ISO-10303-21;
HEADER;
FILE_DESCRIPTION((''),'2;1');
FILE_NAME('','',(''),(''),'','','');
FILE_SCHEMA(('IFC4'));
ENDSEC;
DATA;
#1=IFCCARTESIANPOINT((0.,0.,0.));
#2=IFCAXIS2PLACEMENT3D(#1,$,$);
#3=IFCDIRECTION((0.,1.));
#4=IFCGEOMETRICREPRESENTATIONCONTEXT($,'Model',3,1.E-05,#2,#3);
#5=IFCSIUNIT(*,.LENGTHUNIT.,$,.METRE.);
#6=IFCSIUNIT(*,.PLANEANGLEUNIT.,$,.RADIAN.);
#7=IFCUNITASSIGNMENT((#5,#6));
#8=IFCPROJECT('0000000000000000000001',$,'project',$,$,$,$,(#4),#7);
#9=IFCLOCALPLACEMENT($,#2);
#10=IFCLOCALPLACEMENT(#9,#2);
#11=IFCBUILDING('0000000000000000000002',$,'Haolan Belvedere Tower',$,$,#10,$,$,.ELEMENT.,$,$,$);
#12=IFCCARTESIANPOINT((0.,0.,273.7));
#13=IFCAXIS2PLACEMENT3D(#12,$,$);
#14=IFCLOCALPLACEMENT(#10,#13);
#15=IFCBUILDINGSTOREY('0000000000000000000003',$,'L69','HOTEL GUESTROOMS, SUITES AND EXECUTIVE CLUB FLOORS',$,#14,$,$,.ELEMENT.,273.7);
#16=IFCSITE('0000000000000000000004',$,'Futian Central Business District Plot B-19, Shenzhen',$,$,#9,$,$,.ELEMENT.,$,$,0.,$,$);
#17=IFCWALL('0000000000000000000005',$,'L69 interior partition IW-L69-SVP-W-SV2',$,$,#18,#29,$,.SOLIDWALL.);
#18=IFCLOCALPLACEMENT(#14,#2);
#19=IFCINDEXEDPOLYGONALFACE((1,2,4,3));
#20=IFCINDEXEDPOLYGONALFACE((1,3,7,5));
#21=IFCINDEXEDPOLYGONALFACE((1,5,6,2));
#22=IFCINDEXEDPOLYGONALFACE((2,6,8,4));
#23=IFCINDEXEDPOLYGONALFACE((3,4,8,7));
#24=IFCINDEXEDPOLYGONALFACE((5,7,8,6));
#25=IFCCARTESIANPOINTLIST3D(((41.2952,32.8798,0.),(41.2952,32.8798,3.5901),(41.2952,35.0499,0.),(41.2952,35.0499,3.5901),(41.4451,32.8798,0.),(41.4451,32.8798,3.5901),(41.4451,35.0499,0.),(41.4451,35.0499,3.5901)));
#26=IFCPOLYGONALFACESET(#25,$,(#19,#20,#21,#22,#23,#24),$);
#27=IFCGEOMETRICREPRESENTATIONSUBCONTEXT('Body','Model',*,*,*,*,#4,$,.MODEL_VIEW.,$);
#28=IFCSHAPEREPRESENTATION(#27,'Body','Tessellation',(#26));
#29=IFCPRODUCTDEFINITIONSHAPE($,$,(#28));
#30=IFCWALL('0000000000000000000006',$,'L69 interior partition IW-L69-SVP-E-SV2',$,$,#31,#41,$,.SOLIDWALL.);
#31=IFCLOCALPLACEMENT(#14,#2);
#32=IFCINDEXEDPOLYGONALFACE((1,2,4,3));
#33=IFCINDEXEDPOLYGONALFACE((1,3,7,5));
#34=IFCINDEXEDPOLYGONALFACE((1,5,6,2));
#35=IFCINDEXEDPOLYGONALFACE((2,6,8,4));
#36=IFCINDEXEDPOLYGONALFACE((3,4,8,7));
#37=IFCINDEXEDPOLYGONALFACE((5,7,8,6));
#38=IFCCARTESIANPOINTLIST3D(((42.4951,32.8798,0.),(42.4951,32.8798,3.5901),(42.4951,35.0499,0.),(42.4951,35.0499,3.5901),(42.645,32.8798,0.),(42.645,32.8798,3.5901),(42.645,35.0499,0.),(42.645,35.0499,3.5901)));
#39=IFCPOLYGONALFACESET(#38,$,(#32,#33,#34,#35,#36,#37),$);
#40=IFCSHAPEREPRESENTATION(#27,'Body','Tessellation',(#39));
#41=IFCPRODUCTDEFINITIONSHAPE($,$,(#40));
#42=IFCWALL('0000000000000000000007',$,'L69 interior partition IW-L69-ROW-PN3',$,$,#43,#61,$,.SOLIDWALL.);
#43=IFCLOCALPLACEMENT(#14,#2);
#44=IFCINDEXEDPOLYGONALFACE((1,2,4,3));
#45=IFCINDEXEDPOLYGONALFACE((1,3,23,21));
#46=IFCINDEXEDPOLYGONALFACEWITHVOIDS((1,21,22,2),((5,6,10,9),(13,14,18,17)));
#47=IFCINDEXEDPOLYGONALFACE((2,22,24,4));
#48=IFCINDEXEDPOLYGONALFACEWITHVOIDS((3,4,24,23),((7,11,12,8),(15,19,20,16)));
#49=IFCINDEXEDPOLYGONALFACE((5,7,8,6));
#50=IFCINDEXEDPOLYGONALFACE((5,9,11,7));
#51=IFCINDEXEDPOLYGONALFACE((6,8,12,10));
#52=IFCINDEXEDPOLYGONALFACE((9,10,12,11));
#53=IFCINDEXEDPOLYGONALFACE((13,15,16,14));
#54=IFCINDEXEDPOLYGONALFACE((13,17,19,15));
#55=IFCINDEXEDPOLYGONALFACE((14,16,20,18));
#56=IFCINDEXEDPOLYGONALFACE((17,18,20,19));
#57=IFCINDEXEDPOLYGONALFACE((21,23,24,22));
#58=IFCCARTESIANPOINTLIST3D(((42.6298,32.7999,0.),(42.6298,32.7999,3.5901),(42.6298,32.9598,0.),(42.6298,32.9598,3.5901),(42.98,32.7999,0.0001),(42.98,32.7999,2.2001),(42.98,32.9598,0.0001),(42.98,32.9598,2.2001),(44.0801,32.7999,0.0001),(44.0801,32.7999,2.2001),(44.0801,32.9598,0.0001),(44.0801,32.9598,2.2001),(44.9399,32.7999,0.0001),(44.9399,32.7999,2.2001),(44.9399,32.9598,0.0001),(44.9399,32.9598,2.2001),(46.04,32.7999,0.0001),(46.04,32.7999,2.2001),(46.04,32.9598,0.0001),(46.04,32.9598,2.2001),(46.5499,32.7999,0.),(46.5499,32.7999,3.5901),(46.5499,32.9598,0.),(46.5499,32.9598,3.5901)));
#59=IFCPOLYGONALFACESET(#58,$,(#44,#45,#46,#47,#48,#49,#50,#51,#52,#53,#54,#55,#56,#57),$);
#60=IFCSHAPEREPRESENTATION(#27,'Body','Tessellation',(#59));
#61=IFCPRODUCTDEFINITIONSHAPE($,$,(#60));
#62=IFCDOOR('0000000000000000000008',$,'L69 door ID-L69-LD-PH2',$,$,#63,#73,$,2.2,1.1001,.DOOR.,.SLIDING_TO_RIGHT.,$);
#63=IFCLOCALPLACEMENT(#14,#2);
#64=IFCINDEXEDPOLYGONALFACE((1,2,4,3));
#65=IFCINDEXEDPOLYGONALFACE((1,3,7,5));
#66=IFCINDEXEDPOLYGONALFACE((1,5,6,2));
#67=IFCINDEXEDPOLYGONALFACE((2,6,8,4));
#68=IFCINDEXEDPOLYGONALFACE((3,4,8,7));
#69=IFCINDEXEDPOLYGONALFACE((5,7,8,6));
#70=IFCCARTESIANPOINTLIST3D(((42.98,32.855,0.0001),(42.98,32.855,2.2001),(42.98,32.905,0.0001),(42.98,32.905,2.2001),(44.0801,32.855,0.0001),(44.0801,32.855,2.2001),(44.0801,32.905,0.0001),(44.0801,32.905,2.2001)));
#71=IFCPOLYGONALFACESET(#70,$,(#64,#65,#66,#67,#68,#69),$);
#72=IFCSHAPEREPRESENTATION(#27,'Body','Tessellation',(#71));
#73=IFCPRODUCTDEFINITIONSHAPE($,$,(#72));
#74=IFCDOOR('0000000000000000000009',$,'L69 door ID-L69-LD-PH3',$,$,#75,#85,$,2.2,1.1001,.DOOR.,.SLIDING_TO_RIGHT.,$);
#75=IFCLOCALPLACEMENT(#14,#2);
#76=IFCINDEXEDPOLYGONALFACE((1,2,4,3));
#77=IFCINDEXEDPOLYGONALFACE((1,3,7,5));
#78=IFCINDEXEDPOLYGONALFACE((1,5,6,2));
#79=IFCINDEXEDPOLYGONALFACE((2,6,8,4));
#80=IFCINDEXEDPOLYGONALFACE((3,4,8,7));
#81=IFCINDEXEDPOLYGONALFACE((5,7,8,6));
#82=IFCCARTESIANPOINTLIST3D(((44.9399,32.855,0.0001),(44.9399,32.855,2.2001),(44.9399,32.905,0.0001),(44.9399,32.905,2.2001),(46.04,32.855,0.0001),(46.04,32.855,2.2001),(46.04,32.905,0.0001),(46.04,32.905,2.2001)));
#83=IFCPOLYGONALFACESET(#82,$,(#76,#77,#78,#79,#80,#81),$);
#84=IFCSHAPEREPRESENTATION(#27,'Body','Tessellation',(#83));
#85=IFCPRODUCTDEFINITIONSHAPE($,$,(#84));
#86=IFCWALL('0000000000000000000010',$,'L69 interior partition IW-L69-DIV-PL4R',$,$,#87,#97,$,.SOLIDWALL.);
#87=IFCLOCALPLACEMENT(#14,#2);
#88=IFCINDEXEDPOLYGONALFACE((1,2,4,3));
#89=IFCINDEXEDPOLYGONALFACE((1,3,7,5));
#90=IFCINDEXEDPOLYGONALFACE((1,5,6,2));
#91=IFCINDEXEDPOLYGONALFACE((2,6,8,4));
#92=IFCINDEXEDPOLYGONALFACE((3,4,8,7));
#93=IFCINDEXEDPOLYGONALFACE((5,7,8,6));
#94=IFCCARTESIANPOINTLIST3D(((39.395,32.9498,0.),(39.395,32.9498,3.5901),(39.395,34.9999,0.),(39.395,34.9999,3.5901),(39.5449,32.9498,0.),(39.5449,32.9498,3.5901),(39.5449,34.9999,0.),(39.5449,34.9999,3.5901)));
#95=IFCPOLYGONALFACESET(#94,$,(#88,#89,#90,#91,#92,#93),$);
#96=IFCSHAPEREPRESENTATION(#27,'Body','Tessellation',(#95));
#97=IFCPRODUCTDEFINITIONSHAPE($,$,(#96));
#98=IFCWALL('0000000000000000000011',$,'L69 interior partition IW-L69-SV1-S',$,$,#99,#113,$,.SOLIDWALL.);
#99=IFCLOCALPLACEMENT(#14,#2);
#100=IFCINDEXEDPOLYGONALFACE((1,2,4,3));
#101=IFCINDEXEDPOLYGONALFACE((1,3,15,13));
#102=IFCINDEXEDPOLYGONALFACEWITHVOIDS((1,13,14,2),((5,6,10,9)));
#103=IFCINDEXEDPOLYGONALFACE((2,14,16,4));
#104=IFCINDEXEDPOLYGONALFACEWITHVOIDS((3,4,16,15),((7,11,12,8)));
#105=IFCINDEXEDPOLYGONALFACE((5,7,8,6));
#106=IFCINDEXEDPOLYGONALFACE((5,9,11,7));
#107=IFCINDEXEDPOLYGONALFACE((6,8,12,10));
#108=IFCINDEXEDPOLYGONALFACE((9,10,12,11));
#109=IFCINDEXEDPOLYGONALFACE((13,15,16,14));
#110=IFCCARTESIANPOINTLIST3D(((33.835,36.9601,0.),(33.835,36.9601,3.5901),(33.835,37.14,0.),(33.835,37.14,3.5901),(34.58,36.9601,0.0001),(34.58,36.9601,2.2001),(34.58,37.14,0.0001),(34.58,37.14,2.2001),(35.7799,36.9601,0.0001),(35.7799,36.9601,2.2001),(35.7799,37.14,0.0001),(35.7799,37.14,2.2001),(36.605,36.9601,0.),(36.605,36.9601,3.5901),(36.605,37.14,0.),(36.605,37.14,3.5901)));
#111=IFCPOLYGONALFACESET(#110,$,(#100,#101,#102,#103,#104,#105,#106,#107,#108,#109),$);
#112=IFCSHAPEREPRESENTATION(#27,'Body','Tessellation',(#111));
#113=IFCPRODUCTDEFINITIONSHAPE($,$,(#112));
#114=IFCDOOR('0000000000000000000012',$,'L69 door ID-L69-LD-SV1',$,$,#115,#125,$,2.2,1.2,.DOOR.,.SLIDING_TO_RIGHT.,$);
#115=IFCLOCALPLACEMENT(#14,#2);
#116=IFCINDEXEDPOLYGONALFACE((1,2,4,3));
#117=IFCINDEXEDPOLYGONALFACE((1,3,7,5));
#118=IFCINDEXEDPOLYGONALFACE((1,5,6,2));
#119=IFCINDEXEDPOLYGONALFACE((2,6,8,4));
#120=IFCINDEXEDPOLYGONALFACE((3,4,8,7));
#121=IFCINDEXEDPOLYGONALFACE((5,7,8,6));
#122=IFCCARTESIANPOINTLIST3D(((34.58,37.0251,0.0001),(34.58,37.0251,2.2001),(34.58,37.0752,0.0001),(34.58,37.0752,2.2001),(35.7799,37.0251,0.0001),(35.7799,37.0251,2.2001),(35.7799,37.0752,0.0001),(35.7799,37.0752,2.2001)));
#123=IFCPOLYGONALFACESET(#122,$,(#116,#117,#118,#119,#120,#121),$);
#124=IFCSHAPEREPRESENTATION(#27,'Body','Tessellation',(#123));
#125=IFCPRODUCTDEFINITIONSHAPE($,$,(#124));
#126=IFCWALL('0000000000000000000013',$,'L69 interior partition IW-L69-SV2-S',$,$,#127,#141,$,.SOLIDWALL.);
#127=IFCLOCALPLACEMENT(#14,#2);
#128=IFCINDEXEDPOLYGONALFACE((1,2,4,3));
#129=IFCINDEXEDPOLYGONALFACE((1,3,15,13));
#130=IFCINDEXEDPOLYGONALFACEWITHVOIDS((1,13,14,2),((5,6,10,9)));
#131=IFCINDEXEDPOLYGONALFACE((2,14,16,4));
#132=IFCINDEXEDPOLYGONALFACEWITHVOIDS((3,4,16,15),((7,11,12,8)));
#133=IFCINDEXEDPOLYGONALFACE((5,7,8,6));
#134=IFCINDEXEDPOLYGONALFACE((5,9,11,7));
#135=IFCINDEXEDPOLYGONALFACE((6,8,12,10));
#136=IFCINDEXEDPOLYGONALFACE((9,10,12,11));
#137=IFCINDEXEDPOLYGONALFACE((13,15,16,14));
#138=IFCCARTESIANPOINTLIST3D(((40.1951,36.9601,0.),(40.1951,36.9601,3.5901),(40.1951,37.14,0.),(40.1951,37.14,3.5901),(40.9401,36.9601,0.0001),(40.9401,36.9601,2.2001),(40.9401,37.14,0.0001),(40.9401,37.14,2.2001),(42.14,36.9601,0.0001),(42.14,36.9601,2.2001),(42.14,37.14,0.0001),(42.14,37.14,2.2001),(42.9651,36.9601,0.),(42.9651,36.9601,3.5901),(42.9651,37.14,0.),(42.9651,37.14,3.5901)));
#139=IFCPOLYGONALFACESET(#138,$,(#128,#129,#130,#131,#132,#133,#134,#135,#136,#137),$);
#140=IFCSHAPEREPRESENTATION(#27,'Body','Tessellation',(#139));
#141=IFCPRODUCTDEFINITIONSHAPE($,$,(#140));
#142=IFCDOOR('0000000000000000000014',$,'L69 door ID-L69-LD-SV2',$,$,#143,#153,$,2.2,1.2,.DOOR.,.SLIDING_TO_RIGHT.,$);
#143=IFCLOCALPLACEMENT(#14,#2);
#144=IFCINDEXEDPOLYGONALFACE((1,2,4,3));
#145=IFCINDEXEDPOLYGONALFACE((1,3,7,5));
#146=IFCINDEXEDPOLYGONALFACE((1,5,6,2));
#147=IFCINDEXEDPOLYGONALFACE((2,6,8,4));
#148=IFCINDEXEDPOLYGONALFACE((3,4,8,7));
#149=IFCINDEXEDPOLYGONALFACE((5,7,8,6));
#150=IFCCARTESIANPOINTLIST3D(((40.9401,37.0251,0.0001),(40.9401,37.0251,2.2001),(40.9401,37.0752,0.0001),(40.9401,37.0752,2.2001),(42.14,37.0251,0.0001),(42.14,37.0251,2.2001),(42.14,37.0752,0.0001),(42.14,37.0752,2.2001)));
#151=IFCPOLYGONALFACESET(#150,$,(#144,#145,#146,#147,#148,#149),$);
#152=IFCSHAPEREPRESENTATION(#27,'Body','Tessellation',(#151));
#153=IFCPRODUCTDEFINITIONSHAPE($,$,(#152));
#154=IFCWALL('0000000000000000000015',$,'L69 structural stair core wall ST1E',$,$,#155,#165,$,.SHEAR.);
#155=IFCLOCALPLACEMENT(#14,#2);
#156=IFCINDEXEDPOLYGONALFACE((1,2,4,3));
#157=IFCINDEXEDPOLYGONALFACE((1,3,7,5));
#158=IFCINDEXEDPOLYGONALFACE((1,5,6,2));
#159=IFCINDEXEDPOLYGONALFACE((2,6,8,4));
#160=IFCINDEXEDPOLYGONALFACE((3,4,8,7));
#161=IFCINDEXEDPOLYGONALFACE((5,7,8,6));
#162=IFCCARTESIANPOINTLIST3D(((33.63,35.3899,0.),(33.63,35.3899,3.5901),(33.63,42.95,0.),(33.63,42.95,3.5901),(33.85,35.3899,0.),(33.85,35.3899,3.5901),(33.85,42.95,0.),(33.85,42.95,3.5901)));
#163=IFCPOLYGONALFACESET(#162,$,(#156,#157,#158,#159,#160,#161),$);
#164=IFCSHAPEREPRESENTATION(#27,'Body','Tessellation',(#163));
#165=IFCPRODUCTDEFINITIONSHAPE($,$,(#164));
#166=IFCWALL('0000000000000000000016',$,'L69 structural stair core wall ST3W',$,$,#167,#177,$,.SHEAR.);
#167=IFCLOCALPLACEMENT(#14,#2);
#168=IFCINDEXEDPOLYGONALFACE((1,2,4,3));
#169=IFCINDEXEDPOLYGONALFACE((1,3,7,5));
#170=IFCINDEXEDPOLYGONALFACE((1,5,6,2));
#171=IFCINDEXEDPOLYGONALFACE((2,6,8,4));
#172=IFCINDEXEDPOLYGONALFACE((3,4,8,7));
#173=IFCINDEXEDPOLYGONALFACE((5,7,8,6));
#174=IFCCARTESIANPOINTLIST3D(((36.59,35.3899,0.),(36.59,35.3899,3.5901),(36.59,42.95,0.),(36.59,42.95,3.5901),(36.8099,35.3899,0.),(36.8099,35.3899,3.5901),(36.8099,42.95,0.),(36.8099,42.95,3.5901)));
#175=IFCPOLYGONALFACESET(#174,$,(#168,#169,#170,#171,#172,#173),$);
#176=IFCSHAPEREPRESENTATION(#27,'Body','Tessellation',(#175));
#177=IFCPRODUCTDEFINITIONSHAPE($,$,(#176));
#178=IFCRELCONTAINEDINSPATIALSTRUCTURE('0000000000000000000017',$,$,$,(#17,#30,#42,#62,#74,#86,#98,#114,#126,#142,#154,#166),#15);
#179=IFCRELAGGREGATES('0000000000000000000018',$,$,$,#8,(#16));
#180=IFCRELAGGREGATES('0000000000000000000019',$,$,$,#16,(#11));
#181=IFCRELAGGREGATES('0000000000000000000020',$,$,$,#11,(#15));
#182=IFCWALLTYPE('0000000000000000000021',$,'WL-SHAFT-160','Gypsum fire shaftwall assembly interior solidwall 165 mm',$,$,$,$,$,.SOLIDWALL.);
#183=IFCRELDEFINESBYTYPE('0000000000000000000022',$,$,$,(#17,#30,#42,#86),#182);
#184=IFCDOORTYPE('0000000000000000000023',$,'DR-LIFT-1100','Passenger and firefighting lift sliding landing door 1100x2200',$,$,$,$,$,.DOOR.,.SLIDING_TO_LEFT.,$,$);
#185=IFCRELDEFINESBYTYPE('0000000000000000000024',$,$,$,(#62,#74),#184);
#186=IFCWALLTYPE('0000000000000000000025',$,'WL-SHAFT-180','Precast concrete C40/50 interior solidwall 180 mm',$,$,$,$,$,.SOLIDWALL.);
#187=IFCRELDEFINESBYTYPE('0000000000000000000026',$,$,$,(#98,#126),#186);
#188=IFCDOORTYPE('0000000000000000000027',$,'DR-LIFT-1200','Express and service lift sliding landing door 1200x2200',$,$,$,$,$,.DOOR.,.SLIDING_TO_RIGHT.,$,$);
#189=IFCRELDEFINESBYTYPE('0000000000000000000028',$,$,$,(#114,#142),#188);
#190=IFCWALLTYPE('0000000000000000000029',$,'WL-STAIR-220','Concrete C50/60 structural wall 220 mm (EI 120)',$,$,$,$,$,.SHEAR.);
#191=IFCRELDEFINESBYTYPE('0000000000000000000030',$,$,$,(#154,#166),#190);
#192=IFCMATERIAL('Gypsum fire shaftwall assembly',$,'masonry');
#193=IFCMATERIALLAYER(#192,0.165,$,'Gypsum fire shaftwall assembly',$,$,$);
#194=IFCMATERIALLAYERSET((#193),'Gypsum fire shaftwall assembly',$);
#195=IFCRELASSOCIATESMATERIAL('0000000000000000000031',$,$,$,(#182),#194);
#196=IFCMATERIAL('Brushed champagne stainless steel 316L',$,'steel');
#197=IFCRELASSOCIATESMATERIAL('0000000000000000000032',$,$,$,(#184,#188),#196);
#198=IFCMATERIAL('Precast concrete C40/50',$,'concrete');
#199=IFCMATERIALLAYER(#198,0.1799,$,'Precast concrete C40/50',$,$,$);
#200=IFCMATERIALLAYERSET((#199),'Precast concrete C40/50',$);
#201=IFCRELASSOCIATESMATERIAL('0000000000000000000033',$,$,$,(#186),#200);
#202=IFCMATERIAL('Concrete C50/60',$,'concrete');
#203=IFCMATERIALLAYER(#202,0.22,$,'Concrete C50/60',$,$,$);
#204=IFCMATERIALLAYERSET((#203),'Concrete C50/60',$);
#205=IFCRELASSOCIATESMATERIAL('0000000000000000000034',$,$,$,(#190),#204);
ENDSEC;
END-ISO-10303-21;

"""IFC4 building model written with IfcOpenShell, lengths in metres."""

from ifc_helpers import new_model, si_unit, direction, frame, frame_2d, origin, place, context, subcontext, project, spatial, rectangle, extrude, material, layer, layer_set, type_object, element, fill, save


model = new_model("IFC4")

# Units and contexts
model_context = context("Model", 3, precision=1e-05, world=origin(), true_north=direction((0.0, 1.0)))
body_context = subcontext(model_context, "Body", "Model", "MODEL_VIEW")
ifc_project = project(units=[si_unit("LENGTHUNIT", "METRE"), si_unit("PLANEANGLEUNIT", "RADIAN")], contexts=[model_context])

# Site, building, storey
site_placement = place(None, origin())
site = spatial("IfcSite", under=ifc_project, at=site_placement, Name="Futian Central Business District Plot B-19, Shenzhen", CompositionType="ELEMENT", RefElevation=0.0)
building_placement = place(site_placement, origin())
building = spatial("IfcBuilding", under=site, at=building_placement, Name="Haolan Belvedere Tower", CompositionType="ELEMENT")
storey_placement = place(building_placement, frame((0.0, 0.0, 273.7)))
storey = spatial("IfcBuildingStorey", under=building, at=storey_placement, Name="L69", Description="HOTEL GUESTROOMS, SUITES AND EXECUTIVE CLUB FLOORS", CompositionType="ELEMENT", Elevation=273.7)

# Walls
ifc_material_1 = material(Name="Gypsum fire shaftwall assembly", Category="masonry")
ifc_layer_1 = layer(ifc_material_1, 0.165, Name="Gypsum fire shaftwall assembly")
ifc_layer_set_1 = layer_set([ifc_layer_1], Name="Gypsum fire shaftwall assembly")
wall_type_1 = type_object("IfcWallType", Name="WL-SHAFT-160", Description="Gypsum fire shaftwall assembly interior solidwall 165 mm", PredefinedType="SOLIDWALL", material=ifc_layer_set_1)
for number, where, z_axis, x_axis, name in (
    (1, (41.3701, 32.8799, 0.0), (0.0, 0.0, 1.0), (0.0, 1.0, 0.0), "L69 interior partition IW-L69-SVP-W-SV2"),
    (2, (42.5701, 32.8799, 0.0), (0.0, 0.0, 1.0), (0.0, 1.0, 0.0), "L69 interior partition IW-L69-SVP-E-SV2"),
):
    element("IfcWall", number, at=place(storey_placement, frame(where, z_axis=z_axis, x_axis=x_axis)), inside=storey, type_object=wall_type_1, Name=name, PredefinedType="SOLIDWALL", context=body_context, shape_type="SweptSolid", body=[
        extrude(rectangle(XDim=2.1702, YDim=0.1499, at=frame_2d((1.085, 0.0))), origin(), (0.0, 0.0, 1.0), 3.5901),
    ])

# Wall, openings, doors
wall_1_placement = place(storey_placement, frame((42.6299, 32.8799, 0.0), z_axis=(0.0, 0.0, 1.0), x_axis=(1.0, 0.0, 0.0)))
wall_1 = element("IfcWall", 3, at=wall_1_placement, inside=storey, type_object=wall_type_1, Name="L69 interior partition IW-L69-ROW-PN3", PredefinedType="SOLIDWALL", context=body_context, shape_type="SweptSolid", body=[
    extrude(rectangle(XDim=3.9202, YDim=0.1599, at=frame_2d((1.96, 0.0))), origin(), (0.0, 0.0, 1.0), 3.5901),
])
opening_1_placement = place(wall_1_placement, frame((1.4502, 0.0, 0.0), z_axis=(0.0, 0.0, 1.0), x_axis=(-1.0, 0.0, 0.0)))
opening_1 = element("IfcOpeningElement", 4, at=opening_1_placement, cuts=wall_1, PredefinedType="OPENING", context=body_context, shape_type="SweptSolid", body=[
    extrude(rectangle(XDim=1.1001, YDim=2.2, at=frame_2d((0.55, 1.1001))), frame((0.0, 0.0898, 0.0), z_axis=(0.0, -1.0, 0.0), x_axis=(1.0, 0.0, 0.0)), (0.0, 0.0, 1.0), 0.1799),
])
opening_2_placement = place(wall_1_placement, frame((3.4102, 0.0, 0.0), z_axis=(0.0, 0.0, 1.0), x_axis=(-1.0, 0.0, 0.0)))
opening_2 = element("IfcOpeningElement", 5, at=opening_2_placement, cuts=wall_1, PredefinedType="OPENING", context=body_context, shape_type="SweptSolid", body=[
    extrude(rectangle(XDim=1.1001, YDim=2.2, at=frame_2d((0.55, 1.1001))), frame((0.0, 0.0898, 0.0), z_axis=(0.0, -1.0, 0.0), x_axis=(1.0, 0.0, 0.0)), (0.0, 0.0, 1.0), 0.1799),
])
ifc_material_2 = material(Name="Brushed champagne stainless steel 316L", Category="steel")
door_type_1 = type_object("IfcDoorType", Name="DR-LIFT-1100", Description="Passenger and firefighting lift sliding landing door 1100x2200", OperationType="SLIDING_TO_LEFT", PredefinedType="DOOR", material=ifc_material_2)
door_1_placement = place(opening_1_placement, origin())
door_1 = element("IfcDoor", 6, at=door_1_placement, inside=storey, type_object=door_type_1, Name="L69 door ID-L69-LD-PH2", OperationType="SLIDING_TO_RIGHT", OverallHeight=2.2, OverallWidth=1.1001, PredefinedType="DOOR", context=body_context, shape_type="SweptSolid", body=[
    extrude(rectangle(XDim=1.1001, YDim=2.2, at=frame_2d((0.55, 1.1001))), frame((0.0, 0.0249, 0.0), z_axis=(0.0, -1.0, 0.0), x_axis=(1.0, 0.0, 0.0)), (0.0, 0.0, 1.0), 0.05),
])
fill(opening_1, door_1)
door_2_placement = place(opening_2_placement, origin())
door_2 = element("IfcDoor", 7, at=door_2_placement, inside=storey, type_object=door_type_1, Name="L69 door ID-L69-LD-PH3", OperationType="SLIDING_TO_RIGHT", OverallHeight=2.2, OverallWidth=1.1001, PredefinedType="DOOR", context=body_context, shape_type="SweptSolid", body=[
    extrude(rectangle(XDim=1.1001, YDim=2.2, at=frame_2d((0.55, 1.1001))), frame((0.0, 0.0249, 0.0), z_axis=(0.0, -1.0, 0.0), x_axis=(1.0, 0.0, 0.0)), (0.0, 0.0, 1.0), 0.05),
])
fill(opening_2, door_2)

# Wall
wall_2_placement = place(storey_placement, frame((39.47, 32.95, 0.0), z_axis=(0.0, 0.0, 1.0), x_axis=(0.0, 1.0, 0.0)))
element("IfcWall", 8, at=wall_2_placement, inside=storey, type_object=wall_type_1, Name="L69 interior partition IW-L69-DIV-PL4R", PredefinedType="SOLIDWALL", context=body_context, shape_type="SweptSolid", body=[
    extrude(rectangle(XDim=2.05, YDim=0.1499, at=frame_2d((1.0249, 0.0))), origin(), (0.0, 0.0, 1.0), 3.5901),
])

# Walls, openings, doors
ifc_material_3 = material(Name="Precast concrete C40/50", Category="concrete")
ifc_layer_2 = layer(ifc_material_3, 0.1799, Name="Precast concrete C40/50")
ifc_layer_set_2 = layer_set([ifc_layer_2], Name="Precast concrete C40/50")
wall_type_2 = type_object("IfcWallType", Name="WL-SHAFT-180", Description="Precast concrete C40/50 interior solidwall 180 mm", PredefinedType="SOLIDWALL", material=ifc_layer_set_2)
wall_3_placement = place(storey_placement, frame((33.835, 37.05, 0.0), z_axis=(0.0, 0.0, 1.0), x_axis=(1.0, 0.0, 0.0)))
wall_3 = element("IfcWall", 9, at=wall_3_placement, inside=storey, type_object=wall_type_2, Name="L69 interior partition IW-L69-SV1-S", PredefinedType="SOLIDWALL", context=body_context, shape_type="SweptSolid", body=[
    extrude(rectangle(XDim=2.77, YDim=0.1799, at=frame_2d((1.385, 0.0))), origin(), (0.0, 0.0, 1.0), 3.5901),
])
opening_3_placement = place(wall_3_placement, frame((1.9451, 0.0, 0.0), z_axis=(0.0, 0.0, 1.0), x_axis=(-1.0, 0.0, 0.0)))
opening_3 = element("IfcOpeningElement", 10, at=opening_3_placement, cuts=wall_3, PredefinedType="OPENING", context=body_context, shape_type="SweptSolid", body=[
    extrude(rectangle(XDim=1.2, YDim=2.2, at=frame_2d((0.6001, 1.1001))), frame((0.0, 0.0999, 0.0), z_axis=(0.0, -1.0, 0.0), x_axis=(1.0, 0.0, 0.0)), (0.0, 0.0, 1.0), 0.2),
])
door_type_2 = type_object("IfcDoorType", Name="DR-LIFT-1200", Description="Express and service lift sliding landing door 1200x2200", OperationType="SLIDING_TO_RIGHT", PredefinedType="DOOR", material=ifc_material_2)
door_3_placement = place(opening_3_placement, origin())
door_3 = element("IfcDoor", 11, at=door_3_placement, inside=storey, type_object=door_type_2, Name="L69 door ID-L69-LD-SV1", OperationType="SLIDING_TO_RIGHT", OverallHeight=2.2, OverallWidth=1.2, PredefinedType="DOOR", context=body_context, shape_type="SweptSolid", body=[
    extrude(rectangle(XDim=1.2, YDim=2.2, at=frame_2d((0.6001, 1.1001))), frame((0.0, 0.0249, 0.0), z_axis=(0.0, -1.0, 0.0), x_axis=(1.0, 0.0, 0.0)), (0.0, 0.0, 1.0), 0.05),
])
fill(opening_3, door_3)
wall_4_placement = place(storey_placement, frame((40.1951, 37.05, 0.0), z_axis=(0.0, 0.0, 1.0), x_axis=(1.0, 0.0, 0.0)))
wall_4 = element("IfcWall", 12, at=wall_4_placement, inside=storey, type_object=wall_type_2, Name="L69 interior partition IW-L69-SV2-S", PredefinedType="SOLIDWALL", context=body_context, shape_type="SweptSolid", body=[
    extrude(rectangle(XDim=2.77, YDim=0.1799, at=frame_2d((1.385, 0.0))), origin(), (0.0, 0.0, 1.0), 3.5901),
])
opening_4_placement = place(wall_4_placement, frame((1.9451, 0.0, 0.0), z_axis=(0.0, 0.0, 1.0), x_axis=(-1.0, 0.0, 0.0)))
opening_4 = element("IfcOpeningElement", 13, at=opening_4_placement, cuts=wall_4, PredefinedType="OPENING", context=body_context, shape_type="SweptSolid", body=[
    extrude(rectangle(XDim=1.2, YDim=2.2, at=frame_2d((0.6001, 1.1001))), frame((0.0, 0.0999, 0.0), z_axis=(0.0, -1.0, 0.0), x_axis=(1.0, 0.0, 0.0)), (0.0, 0.0, 1.0), 0.2),
])
door_4_placement = place(opening_4_placement, origin())
door_4 = element("IfcDoor", 14, at=door_4_placement, inside=storey, type_object=door_type_2, Name="L69 door ID-L69-LD-SV2", OperationType="SLIDING_TO_RIGHT", OverallHeight=2.2, OverallWidth=1.2, PredefinedType="DOOR", context=body_context, shape_type="SweptSolid", body=[
    extrude(rectangle(XDim=1.2, YDim=2.2, at=frame_2d((0.6001, 1.1001))), frame((0.0, 0.0249, 0.0), z_axis=(0.0, -1.0, 0.0), x_axis=(1.0, 0.0, 0.0)), (0.0, 0.0, 1.0), 0.05),
])
fill(opening_4, door_4)

# Walls
ifc_material_4 = material(Name="Concrete C50/60", Category="concrete")
ifc_layer_3 = layer(ifc_material_4, 0.22, Name="Concrete C50/60")
ifc_layer_set_3 = layer_set([ifc_layer_3], Name="Concrete C50/60")
wall_type_3 = type_object("IfcWallType", Name="WL-STAIR-220", Description="Concrete C50/60 structural wall 220 mm (EI 120)", PredefinedType="SHEAR", material=ifc_layer_set_3)
for number, where, z_axis, x_axis, name in (
    (15, (33.74, 35.3899, 0.0), (0.0, 0.0, 1.0), (0.0, 1.0, 0.0), "L69 structural stair core wall ST1E"),
    (16, (36.7, 35.3899, 0.0), (0.0, 0.0, 1.0), (0.0, 1.0, 0.0), "L69 structural stair core wall ST3W"),
):
    element("IfcWall", number, at=place(storey_placement, frame(where, z_axis=z_axis, x_axis=x_axis)), inside=storey, type_object=wall_type_3, Name=name, PredefinedType="SHEAR", context=body_context, shape_type="SweptSolid", body=[
        extrude(rectangle(XDim=7.5601, YDim=0.22, at=frame_2d((3.78, 0.0))), origin(), (0.0, 0.0, 1.0), 3.5901),
    ])

save(model, "model.ifc")
